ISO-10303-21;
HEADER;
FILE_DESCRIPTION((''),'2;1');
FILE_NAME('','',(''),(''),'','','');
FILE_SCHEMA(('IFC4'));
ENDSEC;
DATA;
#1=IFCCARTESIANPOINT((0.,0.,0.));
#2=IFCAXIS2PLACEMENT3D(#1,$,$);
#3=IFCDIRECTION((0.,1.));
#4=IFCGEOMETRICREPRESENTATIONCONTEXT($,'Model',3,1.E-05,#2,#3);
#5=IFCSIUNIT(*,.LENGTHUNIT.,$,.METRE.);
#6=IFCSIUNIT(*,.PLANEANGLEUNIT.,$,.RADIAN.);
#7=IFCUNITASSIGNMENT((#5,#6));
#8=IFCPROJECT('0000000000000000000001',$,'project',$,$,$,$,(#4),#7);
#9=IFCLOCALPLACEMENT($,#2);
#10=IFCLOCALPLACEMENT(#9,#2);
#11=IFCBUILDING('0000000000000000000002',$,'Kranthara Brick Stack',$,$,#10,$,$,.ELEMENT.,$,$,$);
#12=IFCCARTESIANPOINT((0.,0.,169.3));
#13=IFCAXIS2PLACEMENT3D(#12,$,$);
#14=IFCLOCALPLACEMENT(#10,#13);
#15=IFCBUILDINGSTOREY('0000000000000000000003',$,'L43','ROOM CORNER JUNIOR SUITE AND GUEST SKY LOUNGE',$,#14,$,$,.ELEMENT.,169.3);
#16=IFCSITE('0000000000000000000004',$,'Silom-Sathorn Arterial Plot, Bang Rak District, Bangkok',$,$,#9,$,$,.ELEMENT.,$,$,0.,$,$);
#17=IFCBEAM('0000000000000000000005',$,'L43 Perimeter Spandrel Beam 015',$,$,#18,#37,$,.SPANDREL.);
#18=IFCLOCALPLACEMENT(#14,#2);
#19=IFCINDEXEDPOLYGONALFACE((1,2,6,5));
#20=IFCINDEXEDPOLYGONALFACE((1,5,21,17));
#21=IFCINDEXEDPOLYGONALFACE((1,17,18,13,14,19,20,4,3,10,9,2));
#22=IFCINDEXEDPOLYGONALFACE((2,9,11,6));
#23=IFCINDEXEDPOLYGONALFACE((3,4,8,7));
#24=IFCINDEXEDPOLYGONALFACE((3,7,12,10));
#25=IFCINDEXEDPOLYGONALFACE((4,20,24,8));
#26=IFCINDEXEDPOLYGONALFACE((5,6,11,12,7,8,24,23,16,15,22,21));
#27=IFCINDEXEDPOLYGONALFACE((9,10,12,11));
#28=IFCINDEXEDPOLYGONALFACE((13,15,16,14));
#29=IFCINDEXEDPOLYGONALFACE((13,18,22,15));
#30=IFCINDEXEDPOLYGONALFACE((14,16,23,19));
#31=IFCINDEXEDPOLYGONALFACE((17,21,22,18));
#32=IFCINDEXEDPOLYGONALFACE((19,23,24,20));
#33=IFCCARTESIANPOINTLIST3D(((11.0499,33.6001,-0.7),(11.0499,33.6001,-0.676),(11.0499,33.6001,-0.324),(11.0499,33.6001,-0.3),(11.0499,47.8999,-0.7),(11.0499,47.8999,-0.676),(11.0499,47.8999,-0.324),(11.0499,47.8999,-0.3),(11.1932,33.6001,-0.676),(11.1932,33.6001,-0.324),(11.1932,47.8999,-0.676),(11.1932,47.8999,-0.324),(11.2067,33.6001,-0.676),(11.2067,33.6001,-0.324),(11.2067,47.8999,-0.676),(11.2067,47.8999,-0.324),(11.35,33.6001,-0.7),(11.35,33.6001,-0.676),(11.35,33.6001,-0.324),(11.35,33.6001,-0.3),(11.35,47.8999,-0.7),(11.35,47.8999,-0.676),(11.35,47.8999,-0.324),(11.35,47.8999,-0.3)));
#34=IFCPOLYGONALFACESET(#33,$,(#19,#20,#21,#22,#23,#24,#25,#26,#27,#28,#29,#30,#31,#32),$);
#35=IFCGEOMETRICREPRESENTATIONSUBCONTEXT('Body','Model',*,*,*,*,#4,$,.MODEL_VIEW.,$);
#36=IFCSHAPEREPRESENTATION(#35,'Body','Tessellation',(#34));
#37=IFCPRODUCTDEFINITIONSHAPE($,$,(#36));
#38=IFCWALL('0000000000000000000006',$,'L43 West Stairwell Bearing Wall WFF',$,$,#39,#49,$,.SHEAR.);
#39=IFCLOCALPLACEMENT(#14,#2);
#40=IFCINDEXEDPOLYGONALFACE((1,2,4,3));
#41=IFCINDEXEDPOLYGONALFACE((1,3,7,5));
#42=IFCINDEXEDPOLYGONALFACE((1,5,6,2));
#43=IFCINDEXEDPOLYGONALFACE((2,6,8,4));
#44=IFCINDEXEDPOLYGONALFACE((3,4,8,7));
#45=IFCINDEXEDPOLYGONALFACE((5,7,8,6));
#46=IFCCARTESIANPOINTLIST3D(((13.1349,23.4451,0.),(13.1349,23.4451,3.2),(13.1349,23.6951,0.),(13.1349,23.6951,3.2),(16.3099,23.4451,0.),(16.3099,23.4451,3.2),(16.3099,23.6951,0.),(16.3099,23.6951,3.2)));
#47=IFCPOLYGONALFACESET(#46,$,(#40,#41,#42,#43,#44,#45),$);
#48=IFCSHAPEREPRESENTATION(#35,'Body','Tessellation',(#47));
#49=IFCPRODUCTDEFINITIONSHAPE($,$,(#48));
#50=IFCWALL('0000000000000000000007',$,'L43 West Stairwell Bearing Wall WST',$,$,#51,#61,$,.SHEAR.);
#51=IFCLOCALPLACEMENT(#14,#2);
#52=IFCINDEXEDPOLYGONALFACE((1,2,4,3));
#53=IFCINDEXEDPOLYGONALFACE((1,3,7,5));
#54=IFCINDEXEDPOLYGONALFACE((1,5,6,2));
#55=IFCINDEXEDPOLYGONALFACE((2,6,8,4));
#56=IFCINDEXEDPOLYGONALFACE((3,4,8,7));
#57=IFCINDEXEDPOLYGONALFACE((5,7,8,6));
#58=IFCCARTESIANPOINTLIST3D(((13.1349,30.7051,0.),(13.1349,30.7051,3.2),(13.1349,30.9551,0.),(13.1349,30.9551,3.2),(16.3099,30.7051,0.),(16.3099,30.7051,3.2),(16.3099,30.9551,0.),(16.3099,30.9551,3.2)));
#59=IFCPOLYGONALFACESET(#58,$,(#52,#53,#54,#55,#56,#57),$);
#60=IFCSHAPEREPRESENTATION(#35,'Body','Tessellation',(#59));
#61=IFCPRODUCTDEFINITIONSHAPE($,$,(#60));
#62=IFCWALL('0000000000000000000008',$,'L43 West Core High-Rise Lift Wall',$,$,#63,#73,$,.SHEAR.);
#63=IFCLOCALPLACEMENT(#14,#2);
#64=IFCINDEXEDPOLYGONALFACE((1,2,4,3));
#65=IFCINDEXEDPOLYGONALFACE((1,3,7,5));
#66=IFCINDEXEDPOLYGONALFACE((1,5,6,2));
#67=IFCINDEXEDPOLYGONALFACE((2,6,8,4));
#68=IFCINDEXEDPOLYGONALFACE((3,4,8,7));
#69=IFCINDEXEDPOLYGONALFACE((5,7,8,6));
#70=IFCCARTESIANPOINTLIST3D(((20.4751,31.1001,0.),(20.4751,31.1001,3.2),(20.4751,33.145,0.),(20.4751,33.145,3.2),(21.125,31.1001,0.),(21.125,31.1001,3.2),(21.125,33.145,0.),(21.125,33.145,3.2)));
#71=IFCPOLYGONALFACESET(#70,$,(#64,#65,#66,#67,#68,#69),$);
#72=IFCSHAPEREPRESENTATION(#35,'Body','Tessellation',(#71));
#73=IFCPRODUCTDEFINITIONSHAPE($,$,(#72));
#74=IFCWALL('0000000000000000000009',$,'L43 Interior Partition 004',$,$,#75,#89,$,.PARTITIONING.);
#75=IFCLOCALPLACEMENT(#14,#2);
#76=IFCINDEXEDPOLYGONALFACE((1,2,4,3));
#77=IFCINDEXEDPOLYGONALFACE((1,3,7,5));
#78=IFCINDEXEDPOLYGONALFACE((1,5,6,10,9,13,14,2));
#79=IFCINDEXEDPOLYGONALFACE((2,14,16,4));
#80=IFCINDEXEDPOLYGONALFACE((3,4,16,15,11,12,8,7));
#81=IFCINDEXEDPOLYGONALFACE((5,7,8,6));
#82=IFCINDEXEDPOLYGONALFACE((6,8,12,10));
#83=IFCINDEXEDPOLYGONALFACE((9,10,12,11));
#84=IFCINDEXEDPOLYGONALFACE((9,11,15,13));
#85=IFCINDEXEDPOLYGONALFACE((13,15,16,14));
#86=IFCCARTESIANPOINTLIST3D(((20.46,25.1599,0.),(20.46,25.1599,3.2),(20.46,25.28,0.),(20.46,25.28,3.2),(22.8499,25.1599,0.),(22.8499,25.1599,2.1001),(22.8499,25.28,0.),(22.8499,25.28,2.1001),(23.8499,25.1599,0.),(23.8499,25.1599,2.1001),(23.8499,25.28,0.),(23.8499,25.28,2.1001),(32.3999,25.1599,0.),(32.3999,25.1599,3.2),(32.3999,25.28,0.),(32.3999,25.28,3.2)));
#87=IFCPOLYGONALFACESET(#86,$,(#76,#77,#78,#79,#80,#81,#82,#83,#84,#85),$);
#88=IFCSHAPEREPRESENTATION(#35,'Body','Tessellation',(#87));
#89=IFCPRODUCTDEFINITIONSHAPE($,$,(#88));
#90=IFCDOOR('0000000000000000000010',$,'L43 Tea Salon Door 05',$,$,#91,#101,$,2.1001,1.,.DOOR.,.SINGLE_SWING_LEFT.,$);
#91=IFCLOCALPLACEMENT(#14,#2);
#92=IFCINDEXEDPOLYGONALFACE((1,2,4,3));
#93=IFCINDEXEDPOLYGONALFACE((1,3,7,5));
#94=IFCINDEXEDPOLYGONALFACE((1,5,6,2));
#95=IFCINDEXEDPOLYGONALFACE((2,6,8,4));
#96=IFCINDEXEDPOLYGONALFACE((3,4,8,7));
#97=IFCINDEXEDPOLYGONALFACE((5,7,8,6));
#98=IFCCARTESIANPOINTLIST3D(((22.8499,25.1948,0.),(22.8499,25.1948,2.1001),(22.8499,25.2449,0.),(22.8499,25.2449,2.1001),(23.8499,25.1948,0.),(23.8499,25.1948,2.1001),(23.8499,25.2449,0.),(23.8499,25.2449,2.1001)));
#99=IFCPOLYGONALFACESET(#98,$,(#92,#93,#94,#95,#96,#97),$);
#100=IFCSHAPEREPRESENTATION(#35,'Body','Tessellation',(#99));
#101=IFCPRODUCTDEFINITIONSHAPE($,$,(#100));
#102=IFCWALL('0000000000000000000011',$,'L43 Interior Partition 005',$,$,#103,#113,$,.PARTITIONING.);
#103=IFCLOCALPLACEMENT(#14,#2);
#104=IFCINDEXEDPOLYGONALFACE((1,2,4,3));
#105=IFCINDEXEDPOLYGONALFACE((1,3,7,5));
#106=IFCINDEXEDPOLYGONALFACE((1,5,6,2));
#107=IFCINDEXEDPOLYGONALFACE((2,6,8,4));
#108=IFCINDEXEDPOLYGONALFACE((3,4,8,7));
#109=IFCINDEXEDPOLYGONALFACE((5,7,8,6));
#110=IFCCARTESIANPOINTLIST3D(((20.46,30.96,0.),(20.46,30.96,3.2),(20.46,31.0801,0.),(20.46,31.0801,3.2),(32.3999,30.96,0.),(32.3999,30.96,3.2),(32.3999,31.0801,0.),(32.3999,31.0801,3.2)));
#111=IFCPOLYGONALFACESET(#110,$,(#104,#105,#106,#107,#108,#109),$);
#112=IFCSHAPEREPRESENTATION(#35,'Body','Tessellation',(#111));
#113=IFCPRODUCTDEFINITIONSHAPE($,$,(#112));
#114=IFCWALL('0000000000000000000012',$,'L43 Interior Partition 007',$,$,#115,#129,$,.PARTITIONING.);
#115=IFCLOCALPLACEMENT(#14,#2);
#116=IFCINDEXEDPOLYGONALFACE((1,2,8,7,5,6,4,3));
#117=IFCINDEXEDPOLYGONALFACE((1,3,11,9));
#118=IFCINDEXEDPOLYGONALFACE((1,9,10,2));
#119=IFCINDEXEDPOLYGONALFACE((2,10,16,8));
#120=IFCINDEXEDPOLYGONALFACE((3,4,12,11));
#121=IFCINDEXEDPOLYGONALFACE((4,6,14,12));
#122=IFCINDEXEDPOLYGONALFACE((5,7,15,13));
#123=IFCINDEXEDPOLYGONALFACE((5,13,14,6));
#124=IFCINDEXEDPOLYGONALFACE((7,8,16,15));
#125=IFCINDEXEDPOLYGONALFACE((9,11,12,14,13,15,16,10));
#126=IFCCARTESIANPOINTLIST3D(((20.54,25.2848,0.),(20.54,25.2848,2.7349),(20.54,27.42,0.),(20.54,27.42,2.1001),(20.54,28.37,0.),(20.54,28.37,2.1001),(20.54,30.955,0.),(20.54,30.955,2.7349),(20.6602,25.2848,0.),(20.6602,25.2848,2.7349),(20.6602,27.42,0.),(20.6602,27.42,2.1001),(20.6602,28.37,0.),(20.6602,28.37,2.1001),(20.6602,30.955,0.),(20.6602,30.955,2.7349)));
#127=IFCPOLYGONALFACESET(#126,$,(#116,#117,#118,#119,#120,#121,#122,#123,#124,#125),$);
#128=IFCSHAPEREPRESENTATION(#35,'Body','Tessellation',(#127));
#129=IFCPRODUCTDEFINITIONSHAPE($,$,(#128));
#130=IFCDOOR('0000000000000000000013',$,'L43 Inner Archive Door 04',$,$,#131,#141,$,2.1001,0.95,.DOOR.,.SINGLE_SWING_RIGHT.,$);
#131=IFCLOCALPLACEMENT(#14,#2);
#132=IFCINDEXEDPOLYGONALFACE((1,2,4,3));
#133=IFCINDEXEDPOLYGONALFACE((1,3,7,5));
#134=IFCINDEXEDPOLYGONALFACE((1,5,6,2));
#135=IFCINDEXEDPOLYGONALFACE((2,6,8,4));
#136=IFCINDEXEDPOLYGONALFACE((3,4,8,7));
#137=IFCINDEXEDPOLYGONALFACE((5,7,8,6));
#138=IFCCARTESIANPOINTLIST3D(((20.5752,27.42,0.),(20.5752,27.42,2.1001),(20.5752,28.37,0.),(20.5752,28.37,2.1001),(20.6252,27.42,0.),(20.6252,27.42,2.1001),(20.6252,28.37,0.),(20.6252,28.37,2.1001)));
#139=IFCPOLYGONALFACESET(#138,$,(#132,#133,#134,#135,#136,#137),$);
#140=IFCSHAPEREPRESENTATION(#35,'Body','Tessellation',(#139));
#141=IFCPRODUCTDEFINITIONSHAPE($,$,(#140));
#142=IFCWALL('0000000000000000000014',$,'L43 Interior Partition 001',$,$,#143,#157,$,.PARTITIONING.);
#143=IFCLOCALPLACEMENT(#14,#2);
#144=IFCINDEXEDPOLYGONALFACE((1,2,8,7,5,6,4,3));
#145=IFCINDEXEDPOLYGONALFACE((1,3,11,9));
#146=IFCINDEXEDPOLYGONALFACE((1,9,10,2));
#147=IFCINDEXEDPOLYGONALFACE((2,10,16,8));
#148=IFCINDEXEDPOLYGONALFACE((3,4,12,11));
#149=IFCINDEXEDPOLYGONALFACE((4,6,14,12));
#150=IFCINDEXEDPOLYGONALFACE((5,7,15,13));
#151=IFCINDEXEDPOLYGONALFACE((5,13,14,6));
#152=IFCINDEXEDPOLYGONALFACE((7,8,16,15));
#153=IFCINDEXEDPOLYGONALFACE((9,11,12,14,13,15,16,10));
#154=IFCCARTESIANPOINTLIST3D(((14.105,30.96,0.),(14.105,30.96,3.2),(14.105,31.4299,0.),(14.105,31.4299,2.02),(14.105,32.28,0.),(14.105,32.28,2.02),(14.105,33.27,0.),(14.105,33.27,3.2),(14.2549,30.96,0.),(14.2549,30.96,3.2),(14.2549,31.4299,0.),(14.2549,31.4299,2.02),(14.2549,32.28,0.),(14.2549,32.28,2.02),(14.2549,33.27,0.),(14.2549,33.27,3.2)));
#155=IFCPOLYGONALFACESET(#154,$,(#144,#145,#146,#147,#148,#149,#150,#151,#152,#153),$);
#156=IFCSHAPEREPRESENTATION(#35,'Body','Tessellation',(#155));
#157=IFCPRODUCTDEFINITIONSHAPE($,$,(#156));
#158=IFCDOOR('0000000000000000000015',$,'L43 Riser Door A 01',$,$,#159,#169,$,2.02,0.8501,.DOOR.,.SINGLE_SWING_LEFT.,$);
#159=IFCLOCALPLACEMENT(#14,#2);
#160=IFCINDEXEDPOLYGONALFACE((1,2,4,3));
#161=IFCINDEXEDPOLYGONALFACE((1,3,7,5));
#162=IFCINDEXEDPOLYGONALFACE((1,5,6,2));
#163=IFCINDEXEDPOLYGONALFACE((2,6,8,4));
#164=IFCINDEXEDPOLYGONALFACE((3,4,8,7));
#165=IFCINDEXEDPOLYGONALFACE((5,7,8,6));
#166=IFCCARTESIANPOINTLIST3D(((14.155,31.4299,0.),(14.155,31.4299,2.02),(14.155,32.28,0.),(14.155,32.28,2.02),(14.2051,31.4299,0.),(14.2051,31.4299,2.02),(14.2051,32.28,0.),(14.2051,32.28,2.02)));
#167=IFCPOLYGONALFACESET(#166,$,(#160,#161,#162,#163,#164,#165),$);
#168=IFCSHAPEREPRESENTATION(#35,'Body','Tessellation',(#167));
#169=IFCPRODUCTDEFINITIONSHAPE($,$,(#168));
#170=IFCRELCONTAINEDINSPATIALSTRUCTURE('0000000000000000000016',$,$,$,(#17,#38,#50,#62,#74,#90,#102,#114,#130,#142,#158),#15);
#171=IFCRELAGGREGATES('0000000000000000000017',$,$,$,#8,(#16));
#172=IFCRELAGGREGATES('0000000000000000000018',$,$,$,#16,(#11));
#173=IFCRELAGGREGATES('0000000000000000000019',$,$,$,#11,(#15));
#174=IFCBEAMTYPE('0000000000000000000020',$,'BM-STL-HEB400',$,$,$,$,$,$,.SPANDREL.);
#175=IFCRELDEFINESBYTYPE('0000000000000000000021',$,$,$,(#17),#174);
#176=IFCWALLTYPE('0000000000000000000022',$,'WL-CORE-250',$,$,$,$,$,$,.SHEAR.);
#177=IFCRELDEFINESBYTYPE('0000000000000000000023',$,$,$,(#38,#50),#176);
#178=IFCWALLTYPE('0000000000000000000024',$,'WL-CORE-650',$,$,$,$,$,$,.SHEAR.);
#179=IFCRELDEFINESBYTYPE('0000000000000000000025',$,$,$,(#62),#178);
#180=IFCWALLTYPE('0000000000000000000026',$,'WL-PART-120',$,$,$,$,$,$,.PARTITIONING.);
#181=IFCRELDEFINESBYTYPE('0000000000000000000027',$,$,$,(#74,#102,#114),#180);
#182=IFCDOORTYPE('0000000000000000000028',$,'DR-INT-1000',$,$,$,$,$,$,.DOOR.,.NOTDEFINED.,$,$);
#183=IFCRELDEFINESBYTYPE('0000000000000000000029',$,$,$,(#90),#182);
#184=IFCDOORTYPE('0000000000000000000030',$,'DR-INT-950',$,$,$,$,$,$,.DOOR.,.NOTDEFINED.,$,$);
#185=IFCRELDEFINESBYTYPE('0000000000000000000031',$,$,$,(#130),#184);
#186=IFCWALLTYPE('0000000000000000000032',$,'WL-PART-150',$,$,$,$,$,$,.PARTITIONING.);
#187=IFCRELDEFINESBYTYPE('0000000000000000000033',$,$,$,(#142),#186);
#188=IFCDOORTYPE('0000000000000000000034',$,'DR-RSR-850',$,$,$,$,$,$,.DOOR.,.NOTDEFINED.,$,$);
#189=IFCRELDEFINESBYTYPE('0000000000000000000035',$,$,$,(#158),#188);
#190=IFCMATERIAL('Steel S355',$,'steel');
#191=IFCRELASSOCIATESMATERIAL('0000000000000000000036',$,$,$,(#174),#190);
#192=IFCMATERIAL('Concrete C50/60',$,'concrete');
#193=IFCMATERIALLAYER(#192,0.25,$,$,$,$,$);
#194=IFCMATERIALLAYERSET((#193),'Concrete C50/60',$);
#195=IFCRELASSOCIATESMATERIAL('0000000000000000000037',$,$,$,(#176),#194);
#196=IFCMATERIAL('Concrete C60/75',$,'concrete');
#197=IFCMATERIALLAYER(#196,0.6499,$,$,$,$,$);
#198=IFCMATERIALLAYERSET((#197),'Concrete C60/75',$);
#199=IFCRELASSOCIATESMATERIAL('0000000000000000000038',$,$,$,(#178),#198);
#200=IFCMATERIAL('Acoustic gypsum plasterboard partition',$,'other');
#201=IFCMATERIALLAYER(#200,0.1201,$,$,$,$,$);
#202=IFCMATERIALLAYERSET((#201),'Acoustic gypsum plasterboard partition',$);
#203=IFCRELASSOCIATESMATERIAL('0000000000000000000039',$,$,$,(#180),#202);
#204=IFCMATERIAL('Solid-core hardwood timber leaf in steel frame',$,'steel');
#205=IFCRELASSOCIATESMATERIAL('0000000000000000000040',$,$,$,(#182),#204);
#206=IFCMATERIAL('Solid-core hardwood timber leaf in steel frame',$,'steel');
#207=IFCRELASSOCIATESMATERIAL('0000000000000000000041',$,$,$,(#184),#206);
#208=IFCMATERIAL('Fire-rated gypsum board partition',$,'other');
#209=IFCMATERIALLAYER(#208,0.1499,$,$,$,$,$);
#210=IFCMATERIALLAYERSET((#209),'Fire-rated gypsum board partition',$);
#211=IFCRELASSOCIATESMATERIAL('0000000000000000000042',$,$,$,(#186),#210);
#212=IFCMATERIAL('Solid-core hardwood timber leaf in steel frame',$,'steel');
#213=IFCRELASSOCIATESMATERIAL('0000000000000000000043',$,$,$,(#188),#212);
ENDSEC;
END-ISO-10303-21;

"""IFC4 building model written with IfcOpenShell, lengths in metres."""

from ifc_helpers import new_model, si_unit, direction, frame, frame_2d, origin, origin_2d, place, context, subcontext, project, spatial, rectangle, i_section, extrude, material, layer, layer_set, material_profile, profile_set, type_object, element, fill, save


model = new_model("IFC4")

# Units and contexts
model_context = context("Model", 3, precision=1e-05, world=origin(), true_north=direction((0.0, 1.0)))
body_context = subcontext(model_context, "Body", "Model", "MODEL_VIEW")
ifc_project = project(units=[si_unit("LENGTHUNIT", "METRE"), si_unit("PLANEANGLEUNIT", "RADIAN")], contexts=[model_context])

# Site, building, storey
site_placement = place(None, origin())
site = spatial("IfcSite", under=ifc_project, at=site_placement, Name="Silom-Sathorn Arterial Plot, Bang Rak District, Bangkok", CompositionType="ELEMENT", RefElevation=0.0)
building_placement = place(site_placement, origin())
building = spatial("IfcBuilding", under=site, at=building_placement, Name="Kranthara Brick Stack", CompositionType="ELEMENT")
storey_placement = place(building_placement, frame((0.0, 0.0, 169.3)))
storey = spatial("IfcBuildingStorey", under=building, at=storey_placement, Name="L43", Description="ROOM CORNER JUNIOR SUITE AND GUEST SKY LOUNGE", CompositionType="ELEMENT", Elevation=169.3)

# Beam
ifc_material_1 = material(Name="Steel S355", Category="steel")
ifc_material_profile_1 = material_profile(ifc_material_1, i_section(OverallWidth=0.3, OverallDepth=0.3999, WebThickness=0.0134, FlangeThickness=0.0239, at=origin_2d()), Name="HEB 400")
ifc_profile_set_1 = profile_set([ifc_material_profile_1], Name="Steel S355")
beam_type_1 = type_object("IfcBeamType", Name="BM-STL-HEB400", PredefinedType="SPANDREL", material=ifc_profile_set_1)
beam_placement = place(storey_placement, frame((11.2, 33.6001, -0.5), z_axis=(0.0, 1.0, 0.0), x_axis=(-1.0, 0.0, 0.0)))
element("IfcBeam", 1, at=beam_placement, inside=storey, type_object=beam_type_1, Name="L43 Perimeter Spandrel Beam 015", PredefinedType="SPANDREL", context=body_context, shape_type="SweptSolid", body=[
    extrude(i_section(OverallWidth=0.3, OverallDepth=0.3999, WebThickness=0.0134, FlangeThickness=0.0239, at=origin_2d()), origin(), (0.0, 0.0, 1.0), 14.2998),
])

# Walls
ifc_material_2 = material(Name="Concrete C50/60", Category="concrete")
ifc_layer_1 = layer(ifc_material_2, 0.25)
ifc_layer_set_1 = layer_set([ifc_layer_1], Name="Concrete C50/60")
wall_type_1 = type_object("IfcWallType", Name="WL-CORE-250", PredefinedType="SHEAR", material=ifc_layer_set_1)
for number, where, z_axis, x_axis, name in (
    (2, (13.135, 23.5701, 0.0), (0.0, 0.0, 1.0), (1.0, 0.0, 0.0), "L43 West Stairwell Bearing Wall WFF"),
    (3, (13.135, 30.8301, 0.0), (0.0, 0.0, 1.0), (1.0, 0.0, 0.0), "L43 West Stairwell Bearing Wall WST"),
):
    element("IfcWall", number, at=place(storey_placement, frame(where, z_axis=z_axis, x_axis=x_axis)), inside=storey, type_object=wall_type_1, Name=name, PredefinedType="SHEAR", context=body_context, shape_type="SweptSolid", body=[
        extrude(rectangle(XDim=3.175, YDim=0.25, at=frame_2d((1.5874, 0.0))), origin(), (0.0, 0.0, 1.0), 3.2),
    ])
ifc_material_3 = material(Name="Concrete C60/75", Category="concrete")
ifc_layer_2 = layer(ifc_material_3, 0.6499)
ifc_layer_set_2 = layer_set([ifc_layer_2], Name="Concrete C60/75")
wall_type_2 = type_object("IfcWallType", Name="WL-CORE-650", PredefinedType="SHEAR", material=ifc_layer_set_2)
wall_1_placement = place(storey_placement, frame((20.8, 31.1001, 0.0), z_axis=(0.0, 0.0, 1.0), x_axis=(0.0, 1.0, 0.0)))
element("IfcWall", 4, at=wall_1_placement, inside=storey, type_object=wall_type_2, Name="L43 West Core High-Rise Lift Wall", PredefinedType="SHEAR", context=body_context, shape_type="SweptSolid", body=[
    extrude(rectangle(XDim=2.0449, YDim=0.6499, at=frame_2d((1.0225, 0.0))), origin(), (0.0, 0.0, 1.0), 3.2),
])

# Wall, opening, door
ifc_material_4 = material(Name="Acoustic gypsum plasterboard partition", Category="other")
ifc_layer_3 = layer(ifc_material_4, 0.1201)
ifc_layer_set_3 = layer_set([ifc_layer_3], Name="Acoustic gypsum plasterboard partition")
wall_type_3 = type_object("IfcWallType", Name="WL-PART-120", PredefinedType="PARTITIONING", material=ifc_layer_set_3)
wall_2_placement = place(storey_placement, frame((20.46, 25.22, 0.0), z_axis=(0.0, 0.0, 1.0), x_axis=(1.0, 0.0, 0.0)))
wall_2 = element("IfcWall", 5, at=wall_2_placement, inside=storey, type_object=wall_type_3, Name="L43 Interior Partition 004", PredefinedType="PARTITIONING", context=body_context, shape_type="SweptSolid", body=[
    extrude(rectangle(XDim=11.9399, YDim=0.1201, at=frame_2d((5.97, 0.0))), origin(), (0.0, 0.0, 1.0), 3.2),
])
opening_1_placement = place(wall_2_placement, frame((2.3899, 0.0, 0.0)))
opening_1 = element("IfcOpeningElement", 6, at=opening_1_placement, cuts=wall_2, PredefinedType="OPENING", context=body_context, shape_type="SweptSolid", body=[
    extrude(rectangle(XDim=1.0, YDim=2.1001, at=frame_2d((0.5, 1.05))), frame((0.0, 0.0701, 0.0), z_axis=(0.0, -1.0, 0.0), x_axis=(1.0, 0.0, 0.0)), (0.0, 0.0, 1.0), 0.1401),
])
ifc_material_5 = material(Name="Solid-core hardwood timber leaf in steel frame", Category="steel")
door_type_1 = type_object("IfcDoorType", Name="DR-INT-1000", OperationType="NOTDEFINED", PredefinedType="DOOR", material=ifc_material_5)
door_1_placement = place(opening_1_placement, origin())
door_1 = element("IfcDoor", 7, at=door_1_placement, inside=storey, type_object=door_type_1, Name="L43 Tea Salon Door 05", OperationType="SINGLE_SWING_LEFT", OverallHeight=2.1001, OverallWidth=1.0, PredefinedType="DOOR", context=body_context, shape_type="SweptSolid", body=[
    extrude(rectangle(XDim=1.0, YDim=2.1001, at=frame_2d((0.5, 1.05))), frame((0.0, 0.0249, 0.0), z_axis=(0.0, -1.0, 0.0), x_axis=(1.0, 0.0, 0.0)), (0.0, 0.0, 1.0), 0.05),
])
fill(opening_1, door_1)

# Wall
wall_3_placement = place(storey_placement, frame((20.46, 31.02, 0.0), z_axis=(0.0, 0.0, 1.0), x_axis=(1.0, 0.0, 0.0)))
element("IfcWall", 8, at=wall_3_placement, inside=storey, type_object=wall_type_3, Name="L43 Interior Partition 005", PredefinedType="PARTITIONING", context=body_context, shape_type="SweptSolid", body=[
    extrude(rectangle(XDim=11.9399, YDim=0.1201, at=frame_2d((5.97, 0.0))), origin(), (0.0, 0.0, 1.0), 3.2),
])

# Walls, openings, doors
wall_4_placement = place(storey_placement, frame((20.6001, 25.2849, 0.0), z_axis=(0.0, 0.0, 1.0), x_axis=(0.0, 1.0, 0.0)))
wall_4 = element("IfcWall", 9, at=wall_4_placement, inside=storey, type_object=wall_type_3, Name="L43 Interior Partition 007", PredefinedType="PARTITIONING", context=body_context, shape_type="SweptSolid", body=[
    extrude(rectangle(XDim=5.6702, YDim=0.1201, at=frame_2d((2.835, 0.0))), origin(), (0.0, 0.0, 1.0), 2.7349),
])
opening_2_placement = place(wall_4_placement, frame((2.135, 0.0, 0.0)))
opening_2 = element("IfcOpeningElement", 10, at=opening_2_placement, cuts=wall_4, PredefinedType="OPENING", context=body_context, shape_type="SweptSolid", body=[
    extrude(rectangle(XDim=0.95, YDim=2.1001, at=frame_2d((0.4751, 1.05))), frame((0.0, 0.0701, 0.0), z_axis=(0.0, -1.0, 0.0), x_axis=(1.0, 0.0, 0.0)), (0.0, 0.0, 1.0), 0.1401),
])
ifc_material_6 = material(Name="Solid-core hardwood timber leaf in steel frame", Category="steel")
door_type_2 = type_object("IfcDoorType", Name="DR-INT-950", OperationType="NOTDEFINED", PredefinedType="DOOR", material=ifc_material_6)
door_2_placement = place(opening_2_placement, origin())
door_2 = element("IfcDoor", 11, at=door_2_placement, inside=storey, type_object=door_type_2, Name="L43 Inner Archive Door 04", OperationType="SINGLE_SWING_RIGHT", OverallHeight=2.1001, OverallWidth=0.95, PredefinedType="DOOR", context=body_context, shape_type="SweptSolid", body=[
    extrude(rectangle(XDim=0.95, YDim=2.1001, at=frame_2d((0.4751, 1.05))), frame((0.0, 0.0249, 0.0), z_axis=(0.0, -1.0, 0.0), x_axis=(1.0, 0.0, 0.0)), (0.0, 0.0, 1.0), 0.05),
])
fill(opening_2, door_2)
ifc_material_7 = material(Name="Fire-rated gypsum board partition", Category="other")
ifc_layer_4 = layer(ifc_material_7, 0.1499)
ifc_layer_set_4 = layer_set([ifc_layer_4], Name="Fire-rated gypsum board partition")
wall_type_4 = type_object("IfcWallType", Name="WL-PART-150", PredefinedType="PARTITIONING", material=ifc_layer_set_4)
wall_5_placement = place(storey_placement, frame((14.1799, 30.96, 0.0), z_axis=(0.0, 0.0, 1.0), x_axis=(0.0, 1.0, 0.0)))
wall_5 = element("IfcWall", 12, at=wall_5_placement, inside=storey, type_object=wall_type_4, Name="L43 Interior Partition 001", PredefinedType="PARTITIONING", context=body_context, shape_type="SweptSolid", body=[
    extrude(rectangle(XDim=2.3101, YDim=0.1499, at=frame_2d((1.155, 0.0))), origin(), (0.0, 0.0, 1.0), 3.2),
])
opening_3_placement = place(wall_5_placement, frame((0.47, 0.0, 0.0)))
opening_3 = element("IfcOpeningElement", 13, at=opening_3_placement, cuts=wall_5, PredefinedType="OPENING", context=body_context, shape_type="SweptSolid", body=[
    extrude(rectangle(XDim=0.8501, YDim=2.02, at=frame_2d((0.425, 1.01))), frame((0.0, 0.085, 0.0), z_axis=(0.0, -1.0, 0.0), x_axis=(1.0, 0.0, 0.0)), (0.0, 0.0, 1.0), 0.1699),
])
ifc_material_8 = material(Name="Solid-core hardwood timber leaf in steel frame", Category="steel")
door_type_3 = type_object("IfcDoorType", Name="DR-RSR-850", OperationType="NOTDEFINED", PredefinedType="DOOR", material=ifc_material_8)
door_3_placement = place(opening_3_placement, origin())
door_3 = element("IfcDoor", 14, at=door_3_placement, inside=storey, type_object=door_type_3, Name="L43 Riser Door A 01", OperationType="SINGLE_SWING_LEFT", OverallHeight=2.02, OverallWidth=0.8501, PredefinedType="DOOR", context=body_context, shape_type="SweptSolid", body=[
    extrude(rectangle(XDim=0.8501, YDim=2.02, at=frame_2d((0.425, 1.01))), frame((0.0, 0.0249, 0.0), z_axis=(0.0, -1.0, 0.0), x_axis=(1.0, 0.0, 0.0)), (0.0, 0.0, 1.0), 0.05),
])
fill(opening_3, door_3)

save(model, "model.ifc")
